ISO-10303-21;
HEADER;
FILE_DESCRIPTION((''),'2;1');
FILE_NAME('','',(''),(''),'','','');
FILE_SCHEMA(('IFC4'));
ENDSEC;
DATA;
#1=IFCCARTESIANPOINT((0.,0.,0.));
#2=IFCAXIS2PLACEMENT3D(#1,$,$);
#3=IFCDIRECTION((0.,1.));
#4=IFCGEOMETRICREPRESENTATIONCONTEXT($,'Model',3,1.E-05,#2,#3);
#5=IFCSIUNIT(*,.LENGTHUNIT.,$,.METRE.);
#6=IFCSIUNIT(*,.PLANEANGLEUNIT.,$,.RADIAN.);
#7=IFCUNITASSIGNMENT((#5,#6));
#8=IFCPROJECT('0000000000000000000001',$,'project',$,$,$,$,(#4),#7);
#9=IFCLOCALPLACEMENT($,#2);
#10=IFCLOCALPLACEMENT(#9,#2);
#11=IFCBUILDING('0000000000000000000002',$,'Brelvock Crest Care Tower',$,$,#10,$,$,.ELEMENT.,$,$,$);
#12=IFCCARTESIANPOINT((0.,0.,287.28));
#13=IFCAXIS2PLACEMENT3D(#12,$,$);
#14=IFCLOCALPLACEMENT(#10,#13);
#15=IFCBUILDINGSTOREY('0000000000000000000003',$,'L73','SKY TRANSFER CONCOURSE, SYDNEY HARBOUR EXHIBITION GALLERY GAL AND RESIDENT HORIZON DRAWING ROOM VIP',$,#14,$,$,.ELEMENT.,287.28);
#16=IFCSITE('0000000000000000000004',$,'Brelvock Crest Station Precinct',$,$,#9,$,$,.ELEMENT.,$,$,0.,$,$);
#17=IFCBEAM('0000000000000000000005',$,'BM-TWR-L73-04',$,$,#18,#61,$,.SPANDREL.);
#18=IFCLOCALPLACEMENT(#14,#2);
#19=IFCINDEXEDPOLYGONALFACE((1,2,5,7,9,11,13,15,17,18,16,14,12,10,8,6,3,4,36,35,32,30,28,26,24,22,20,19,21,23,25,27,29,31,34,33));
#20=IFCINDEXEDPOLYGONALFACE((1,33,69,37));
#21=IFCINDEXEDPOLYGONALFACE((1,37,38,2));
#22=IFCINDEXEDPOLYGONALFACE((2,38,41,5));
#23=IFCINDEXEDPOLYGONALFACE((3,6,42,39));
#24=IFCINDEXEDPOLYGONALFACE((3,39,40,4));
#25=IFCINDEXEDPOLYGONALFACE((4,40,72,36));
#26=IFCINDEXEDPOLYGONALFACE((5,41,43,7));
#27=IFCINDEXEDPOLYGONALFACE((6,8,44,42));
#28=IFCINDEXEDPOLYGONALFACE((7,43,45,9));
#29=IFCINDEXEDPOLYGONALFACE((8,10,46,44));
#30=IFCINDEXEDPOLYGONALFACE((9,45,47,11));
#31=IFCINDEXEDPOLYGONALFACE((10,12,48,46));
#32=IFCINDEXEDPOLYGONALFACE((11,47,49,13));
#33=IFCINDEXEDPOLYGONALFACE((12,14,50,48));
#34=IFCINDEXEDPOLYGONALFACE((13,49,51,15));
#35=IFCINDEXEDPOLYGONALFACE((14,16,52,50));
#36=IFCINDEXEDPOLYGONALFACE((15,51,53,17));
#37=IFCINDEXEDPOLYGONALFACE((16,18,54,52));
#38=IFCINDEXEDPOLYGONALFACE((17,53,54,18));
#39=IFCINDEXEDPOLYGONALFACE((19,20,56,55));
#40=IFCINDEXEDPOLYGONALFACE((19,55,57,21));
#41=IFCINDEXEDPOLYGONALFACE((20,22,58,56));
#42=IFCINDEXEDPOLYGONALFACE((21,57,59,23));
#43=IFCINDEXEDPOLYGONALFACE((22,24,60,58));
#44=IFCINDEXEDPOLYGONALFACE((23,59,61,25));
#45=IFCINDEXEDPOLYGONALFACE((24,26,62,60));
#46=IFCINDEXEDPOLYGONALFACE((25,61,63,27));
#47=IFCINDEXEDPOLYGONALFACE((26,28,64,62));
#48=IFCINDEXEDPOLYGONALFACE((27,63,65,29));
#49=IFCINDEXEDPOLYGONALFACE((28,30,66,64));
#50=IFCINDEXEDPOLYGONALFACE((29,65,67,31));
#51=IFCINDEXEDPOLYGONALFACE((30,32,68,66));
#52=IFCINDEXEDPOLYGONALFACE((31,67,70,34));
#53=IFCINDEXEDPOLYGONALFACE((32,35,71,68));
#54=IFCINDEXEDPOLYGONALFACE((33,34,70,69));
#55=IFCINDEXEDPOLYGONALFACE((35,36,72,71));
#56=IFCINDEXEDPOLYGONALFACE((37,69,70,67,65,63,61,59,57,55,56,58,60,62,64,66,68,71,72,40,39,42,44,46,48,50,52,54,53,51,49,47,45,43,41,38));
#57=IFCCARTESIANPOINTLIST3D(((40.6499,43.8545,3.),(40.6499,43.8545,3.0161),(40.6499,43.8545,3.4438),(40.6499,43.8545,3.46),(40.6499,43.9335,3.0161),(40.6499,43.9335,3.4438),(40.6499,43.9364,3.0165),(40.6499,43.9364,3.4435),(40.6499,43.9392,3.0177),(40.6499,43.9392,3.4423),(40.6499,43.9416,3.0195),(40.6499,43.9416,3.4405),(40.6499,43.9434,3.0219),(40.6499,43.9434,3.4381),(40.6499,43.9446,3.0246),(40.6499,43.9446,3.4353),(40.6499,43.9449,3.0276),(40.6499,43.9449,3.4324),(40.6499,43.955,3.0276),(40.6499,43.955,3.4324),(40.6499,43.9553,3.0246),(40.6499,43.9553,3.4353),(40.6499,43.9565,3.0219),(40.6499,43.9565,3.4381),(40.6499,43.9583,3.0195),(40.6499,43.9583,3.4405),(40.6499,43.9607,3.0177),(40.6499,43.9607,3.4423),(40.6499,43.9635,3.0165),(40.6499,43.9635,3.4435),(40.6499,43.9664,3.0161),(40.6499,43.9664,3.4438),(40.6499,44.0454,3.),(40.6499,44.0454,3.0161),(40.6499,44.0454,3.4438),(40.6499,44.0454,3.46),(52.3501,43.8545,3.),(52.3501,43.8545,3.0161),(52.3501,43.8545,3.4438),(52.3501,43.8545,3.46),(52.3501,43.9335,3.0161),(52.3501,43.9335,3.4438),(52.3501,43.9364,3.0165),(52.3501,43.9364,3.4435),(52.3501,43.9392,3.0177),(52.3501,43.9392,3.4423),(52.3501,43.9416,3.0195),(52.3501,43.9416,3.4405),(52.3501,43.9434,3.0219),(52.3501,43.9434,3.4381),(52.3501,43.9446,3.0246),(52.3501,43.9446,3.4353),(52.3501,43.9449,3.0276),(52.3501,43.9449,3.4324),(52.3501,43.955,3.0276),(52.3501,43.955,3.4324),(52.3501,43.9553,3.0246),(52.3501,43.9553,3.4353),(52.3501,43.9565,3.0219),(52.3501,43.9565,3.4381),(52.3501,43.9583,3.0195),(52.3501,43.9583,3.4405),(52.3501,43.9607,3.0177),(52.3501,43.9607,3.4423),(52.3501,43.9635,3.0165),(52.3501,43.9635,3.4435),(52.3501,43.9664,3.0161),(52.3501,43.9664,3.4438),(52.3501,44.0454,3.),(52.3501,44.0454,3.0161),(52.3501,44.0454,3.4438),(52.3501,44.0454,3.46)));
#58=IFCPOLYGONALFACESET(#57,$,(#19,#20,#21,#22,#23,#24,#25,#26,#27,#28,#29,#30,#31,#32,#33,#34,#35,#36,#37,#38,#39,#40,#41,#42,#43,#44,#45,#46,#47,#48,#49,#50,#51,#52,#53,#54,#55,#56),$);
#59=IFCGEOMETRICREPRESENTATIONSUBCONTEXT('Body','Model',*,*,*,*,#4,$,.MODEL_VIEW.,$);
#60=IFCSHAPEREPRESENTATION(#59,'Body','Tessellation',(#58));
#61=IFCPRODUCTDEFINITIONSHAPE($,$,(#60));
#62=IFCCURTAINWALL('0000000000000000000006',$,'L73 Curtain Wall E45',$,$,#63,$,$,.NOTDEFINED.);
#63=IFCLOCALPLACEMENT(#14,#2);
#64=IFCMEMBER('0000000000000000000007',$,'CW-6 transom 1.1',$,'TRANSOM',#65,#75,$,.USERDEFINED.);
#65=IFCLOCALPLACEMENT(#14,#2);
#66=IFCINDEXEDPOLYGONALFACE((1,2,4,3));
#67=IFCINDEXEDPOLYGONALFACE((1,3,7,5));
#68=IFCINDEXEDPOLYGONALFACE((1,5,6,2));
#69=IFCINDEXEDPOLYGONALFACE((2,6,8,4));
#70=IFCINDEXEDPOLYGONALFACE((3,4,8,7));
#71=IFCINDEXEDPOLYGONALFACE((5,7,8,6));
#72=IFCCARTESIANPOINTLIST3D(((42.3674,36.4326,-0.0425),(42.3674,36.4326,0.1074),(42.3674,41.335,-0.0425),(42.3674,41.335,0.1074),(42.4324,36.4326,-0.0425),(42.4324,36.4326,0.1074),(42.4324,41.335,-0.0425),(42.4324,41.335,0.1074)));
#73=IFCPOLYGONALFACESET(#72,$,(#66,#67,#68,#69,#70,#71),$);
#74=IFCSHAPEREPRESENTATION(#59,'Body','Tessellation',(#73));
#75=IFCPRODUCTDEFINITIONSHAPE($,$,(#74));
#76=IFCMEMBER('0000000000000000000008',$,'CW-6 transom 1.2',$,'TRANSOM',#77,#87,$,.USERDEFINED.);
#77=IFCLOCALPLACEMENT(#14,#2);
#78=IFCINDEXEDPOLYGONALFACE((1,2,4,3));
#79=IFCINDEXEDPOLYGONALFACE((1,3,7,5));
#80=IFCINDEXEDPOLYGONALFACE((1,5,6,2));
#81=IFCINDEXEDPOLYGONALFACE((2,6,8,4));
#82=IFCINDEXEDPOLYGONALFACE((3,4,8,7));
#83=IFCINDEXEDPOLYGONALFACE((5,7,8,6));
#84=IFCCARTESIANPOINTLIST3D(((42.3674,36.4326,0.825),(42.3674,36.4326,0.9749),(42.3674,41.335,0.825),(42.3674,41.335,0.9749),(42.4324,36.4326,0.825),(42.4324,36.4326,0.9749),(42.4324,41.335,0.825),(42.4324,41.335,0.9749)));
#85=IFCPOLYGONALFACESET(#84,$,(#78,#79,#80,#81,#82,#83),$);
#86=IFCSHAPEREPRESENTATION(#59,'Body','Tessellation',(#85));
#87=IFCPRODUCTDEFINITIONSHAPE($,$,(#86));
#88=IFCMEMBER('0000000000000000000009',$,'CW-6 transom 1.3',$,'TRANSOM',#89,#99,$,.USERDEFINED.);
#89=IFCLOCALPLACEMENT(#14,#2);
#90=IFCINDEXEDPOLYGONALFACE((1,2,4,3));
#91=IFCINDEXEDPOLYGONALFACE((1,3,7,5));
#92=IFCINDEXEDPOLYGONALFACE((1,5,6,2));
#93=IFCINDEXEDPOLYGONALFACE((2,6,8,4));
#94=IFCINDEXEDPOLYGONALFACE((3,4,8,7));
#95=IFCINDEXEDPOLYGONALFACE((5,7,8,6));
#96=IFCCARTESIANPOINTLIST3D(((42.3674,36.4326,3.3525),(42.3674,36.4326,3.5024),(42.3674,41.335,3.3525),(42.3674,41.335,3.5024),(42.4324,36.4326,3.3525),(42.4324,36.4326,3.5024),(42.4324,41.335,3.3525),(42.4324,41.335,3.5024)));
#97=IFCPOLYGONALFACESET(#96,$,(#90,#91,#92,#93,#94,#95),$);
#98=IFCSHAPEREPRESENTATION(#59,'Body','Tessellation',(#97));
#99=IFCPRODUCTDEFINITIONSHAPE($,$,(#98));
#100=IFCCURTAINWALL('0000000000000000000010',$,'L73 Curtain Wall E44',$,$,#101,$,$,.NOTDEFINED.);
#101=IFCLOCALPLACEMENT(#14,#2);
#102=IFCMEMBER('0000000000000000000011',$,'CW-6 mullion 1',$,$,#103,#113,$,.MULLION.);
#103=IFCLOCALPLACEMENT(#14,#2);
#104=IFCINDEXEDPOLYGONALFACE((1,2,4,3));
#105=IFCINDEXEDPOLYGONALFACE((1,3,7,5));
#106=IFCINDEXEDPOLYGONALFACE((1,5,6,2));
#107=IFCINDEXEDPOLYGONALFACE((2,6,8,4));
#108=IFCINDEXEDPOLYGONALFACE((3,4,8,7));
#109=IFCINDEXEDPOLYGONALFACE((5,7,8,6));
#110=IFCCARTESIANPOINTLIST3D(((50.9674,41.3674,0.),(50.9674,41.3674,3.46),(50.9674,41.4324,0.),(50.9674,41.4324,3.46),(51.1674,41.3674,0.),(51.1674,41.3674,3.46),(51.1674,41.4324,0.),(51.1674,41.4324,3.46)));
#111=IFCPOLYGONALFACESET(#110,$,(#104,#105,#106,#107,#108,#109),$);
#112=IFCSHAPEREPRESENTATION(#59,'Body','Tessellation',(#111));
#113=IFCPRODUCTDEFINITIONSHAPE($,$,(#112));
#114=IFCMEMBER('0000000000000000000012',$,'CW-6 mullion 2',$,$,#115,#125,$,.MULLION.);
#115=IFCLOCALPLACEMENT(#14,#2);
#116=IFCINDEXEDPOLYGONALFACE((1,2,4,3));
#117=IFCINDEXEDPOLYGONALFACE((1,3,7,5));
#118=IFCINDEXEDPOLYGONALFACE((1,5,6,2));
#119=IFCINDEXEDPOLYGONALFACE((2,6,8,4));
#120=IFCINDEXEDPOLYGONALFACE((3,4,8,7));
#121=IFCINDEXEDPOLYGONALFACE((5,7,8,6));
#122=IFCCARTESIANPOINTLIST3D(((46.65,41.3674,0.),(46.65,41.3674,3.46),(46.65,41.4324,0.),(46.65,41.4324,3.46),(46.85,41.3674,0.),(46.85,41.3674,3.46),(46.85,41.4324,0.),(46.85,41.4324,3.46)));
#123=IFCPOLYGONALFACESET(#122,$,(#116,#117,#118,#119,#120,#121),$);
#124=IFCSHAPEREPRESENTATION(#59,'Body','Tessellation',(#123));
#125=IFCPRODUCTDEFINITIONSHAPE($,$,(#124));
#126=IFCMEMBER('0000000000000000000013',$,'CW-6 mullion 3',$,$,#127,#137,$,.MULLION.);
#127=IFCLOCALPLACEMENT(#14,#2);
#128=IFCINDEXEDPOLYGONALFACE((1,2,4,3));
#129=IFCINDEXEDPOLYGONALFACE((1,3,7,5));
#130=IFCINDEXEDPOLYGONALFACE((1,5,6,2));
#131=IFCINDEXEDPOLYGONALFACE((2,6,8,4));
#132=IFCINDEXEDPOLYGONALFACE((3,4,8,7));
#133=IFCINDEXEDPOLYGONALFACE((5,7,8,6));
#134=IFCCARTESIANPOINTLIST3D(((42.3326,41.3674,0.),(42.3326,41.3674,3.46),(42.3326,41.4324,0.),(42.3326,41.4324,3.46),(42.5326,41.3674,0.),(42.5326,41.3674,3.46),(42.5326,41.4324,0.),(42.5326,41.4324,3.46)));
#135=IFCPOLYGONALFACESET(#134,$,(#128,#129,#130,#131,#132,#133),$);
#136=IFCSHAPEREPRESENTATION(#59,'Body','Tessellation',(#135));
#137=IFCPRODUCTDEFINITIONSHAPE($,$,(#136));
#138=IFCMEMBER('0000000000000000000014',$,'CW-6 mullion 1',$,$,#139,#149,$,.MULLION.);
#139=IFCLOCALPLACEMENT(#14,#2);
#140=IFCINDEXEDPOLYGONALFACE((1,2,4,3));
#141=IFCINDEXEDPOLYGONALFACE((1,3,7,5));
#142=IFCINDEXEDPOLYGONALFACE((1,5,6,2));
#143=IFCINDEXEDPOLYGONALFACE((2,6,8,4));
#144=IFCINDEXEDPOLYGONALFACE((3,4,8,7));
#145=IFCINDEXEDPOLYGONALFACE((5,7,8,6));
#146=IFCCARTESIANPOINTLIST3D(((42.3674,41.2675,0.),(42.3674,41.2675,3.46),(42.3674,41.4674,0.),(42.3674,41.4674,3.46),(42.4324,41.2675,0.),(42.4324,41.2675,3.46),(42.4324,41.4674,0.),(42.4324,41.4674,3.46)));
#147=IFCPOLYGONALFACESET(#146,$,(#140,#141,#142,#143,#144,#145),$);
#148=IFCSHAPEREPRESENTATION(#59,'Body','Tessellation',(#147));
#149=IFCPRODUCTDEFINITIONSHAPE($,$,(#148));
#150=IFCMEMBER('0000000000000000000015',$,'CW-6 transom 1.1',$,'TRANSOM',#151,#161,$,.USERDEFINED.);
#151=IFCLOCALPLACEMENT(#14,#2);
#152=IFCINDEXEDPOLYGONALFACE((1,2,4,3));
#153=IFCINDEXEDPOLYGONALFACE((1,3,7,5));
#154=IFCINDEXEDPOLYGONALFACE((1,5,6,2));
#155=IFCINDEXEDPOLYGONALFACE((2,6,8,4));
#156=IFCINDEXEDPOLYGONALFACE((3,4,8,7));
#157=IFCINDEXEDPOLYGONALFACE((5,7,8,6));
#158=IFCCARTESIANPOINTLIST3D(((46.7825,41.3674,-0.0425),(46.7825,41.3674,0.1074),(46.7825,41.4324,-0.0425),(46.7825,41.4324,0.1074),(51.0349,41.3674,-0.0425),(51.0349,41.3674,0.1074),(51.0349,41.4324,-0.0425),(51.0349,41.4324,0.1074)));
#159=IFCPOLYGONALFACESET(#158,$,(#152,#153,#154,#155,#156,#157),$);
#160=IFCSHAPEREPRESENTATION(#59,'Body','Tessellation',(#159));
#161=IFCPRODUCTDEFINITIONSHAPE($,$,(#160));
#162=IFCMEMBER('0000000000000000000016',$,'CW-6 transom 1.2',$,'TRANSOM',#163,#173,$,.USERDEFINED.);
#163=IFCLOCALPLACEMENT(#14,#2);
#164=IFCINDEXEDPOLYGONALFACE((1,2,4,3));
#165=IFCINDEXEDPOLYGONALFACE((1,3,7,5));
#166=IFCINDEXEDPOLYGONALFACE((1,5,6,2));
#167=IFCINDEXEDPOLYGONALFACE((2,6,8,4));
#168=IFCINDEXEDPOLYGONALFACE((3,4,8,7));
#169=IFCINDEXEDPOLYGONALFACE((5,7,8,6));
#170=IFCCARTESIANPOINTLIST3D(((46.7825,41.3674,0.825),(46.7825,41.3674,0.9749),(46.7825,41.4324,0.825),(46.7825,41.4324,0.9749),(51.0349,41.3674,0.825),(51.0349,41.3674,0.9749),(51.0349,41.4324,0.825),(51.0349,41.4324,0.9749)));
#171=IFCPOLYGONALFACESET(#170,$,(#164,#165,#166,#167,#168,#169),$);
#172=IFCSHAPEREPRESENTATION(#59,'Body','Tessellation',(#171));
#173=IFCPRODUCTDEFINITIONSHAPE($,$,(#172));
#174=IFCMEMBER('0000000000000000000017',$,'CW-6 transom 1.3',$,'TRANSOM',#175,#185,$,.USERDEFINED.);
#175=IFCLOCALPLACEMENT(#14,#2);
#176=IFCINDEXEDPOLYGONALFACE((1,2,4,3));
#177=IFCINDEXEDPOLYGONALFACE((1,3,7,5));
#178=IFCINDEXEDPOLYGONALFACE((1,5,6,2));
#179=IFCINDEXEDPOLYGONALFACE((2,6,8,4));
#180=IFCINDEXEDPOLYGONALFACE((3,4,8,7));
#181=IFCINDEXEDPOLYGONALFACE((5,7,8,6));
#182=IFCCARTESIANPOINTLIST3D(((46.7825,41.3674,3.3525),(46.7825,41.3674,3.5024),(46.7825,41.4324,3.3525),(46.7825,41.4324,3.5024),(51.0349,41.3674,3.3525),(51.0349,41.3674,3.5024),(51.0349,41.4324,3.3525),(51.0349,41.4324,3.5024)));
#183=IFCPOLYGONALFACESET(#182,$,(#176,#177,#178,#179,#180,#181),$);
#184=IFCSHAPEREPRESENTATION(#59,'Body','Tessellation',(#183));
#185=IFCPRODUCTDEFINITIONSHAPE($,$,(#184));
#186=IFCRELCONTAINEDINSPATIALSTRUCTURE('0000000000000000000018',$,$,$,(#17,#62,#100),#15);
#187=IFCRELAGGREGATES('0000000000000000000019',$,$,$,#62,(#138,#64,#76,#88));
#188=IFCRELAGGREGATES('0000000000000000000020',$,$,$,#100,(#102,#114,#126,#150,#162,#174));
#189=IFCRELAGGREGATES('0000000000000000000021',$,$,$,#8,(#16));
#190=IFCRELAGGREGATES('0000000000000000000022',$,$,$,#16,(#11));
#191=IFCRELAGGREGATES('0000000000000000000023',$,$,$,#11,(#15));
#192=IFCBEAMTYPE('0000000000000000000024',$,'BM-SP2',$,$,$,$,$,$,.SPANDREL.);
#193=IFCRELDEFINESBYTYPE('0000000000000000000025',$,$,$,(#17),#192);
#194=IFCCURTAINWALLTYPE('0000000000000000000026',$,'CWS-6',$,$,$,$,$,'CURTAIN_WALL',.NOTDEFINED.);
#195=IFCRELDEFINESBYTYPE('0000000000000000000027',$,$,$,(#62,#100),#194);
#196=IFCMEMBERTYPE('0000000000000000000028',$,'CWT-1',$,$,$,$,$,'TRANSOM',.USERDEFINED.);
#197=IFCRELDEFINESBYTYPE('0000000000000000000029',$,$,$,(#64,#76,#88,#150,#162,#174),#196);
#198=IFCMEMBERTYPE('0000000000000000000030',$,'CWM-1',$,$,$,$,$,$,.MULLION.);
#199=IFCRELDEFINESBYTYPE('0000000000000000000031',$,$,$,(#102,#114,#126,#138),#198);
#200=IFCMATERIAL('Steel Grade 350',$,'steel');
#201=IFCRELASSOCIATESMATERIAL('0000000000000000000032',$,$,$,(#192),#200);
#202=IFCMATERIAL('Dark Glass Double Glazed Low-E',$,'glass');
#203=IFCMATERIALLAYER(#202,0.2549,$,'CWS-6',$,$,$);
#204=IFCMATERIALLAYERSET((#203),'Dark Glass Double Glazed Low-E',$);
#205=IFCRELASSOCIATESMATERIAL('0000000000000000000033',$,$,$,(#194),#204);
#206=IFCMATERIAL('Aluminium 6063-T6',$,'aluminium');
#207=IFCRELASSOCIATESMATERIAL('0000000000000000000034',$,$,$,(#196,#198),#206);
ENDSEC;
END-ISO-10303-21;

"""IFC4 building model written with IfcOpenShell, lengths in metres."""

from ifc_helpers import new_model, si_unit, direction, frame, origin, origin_2d, place, context, subcontext, project, spatial, rectangle, i_section, extrude, source, transform, mapped, material, layer, layer_set, material_profile, profile_set, type_object, element, aggregate, save


model = new_model("IFC4")

# Units and contexts
model_context = context("Model", 3, precision=1e-05, world=origin(), true_north=direction((0.0, 1.0)))
body_context = subcontext(model_context, "Body", "Model", "MODEL_VIEW")
ifc_project = project(units=[si_unit("LENGTHUNIT", "METRE"), si_unit("PLANEANGLEUNIT", "RADIAN")], contexts=[model_context])

# Site, building, storey
site_placement = place(None, origin())
site = spatial("IfcSite", under=ifc_project, at=site_placement, Name="Brelvock Crest Station Precinct", CompositionType="ELEMENT", RefElevation=0.0)
building_placement = place(site_placement, origin())
building = spatial("IfcBuilding", under=site, at=building_placement, Name="Brelvock Crest Care Tower", CompositionType="ELEMENT")
storey_placement = place(building_placement, frame((0.0, 0.0, 287.28)))
storey = spatial("IfcBuildingStorey", under=building, at=storey_placement, Name="L73", Description="SKY TRANSFER CONCOURSE, SYDNEY HARBOUR EXHIBITION GALLERY GAL AND RESIDENT HORIZON DRAWING ROOM VIP", CompositionType="ELEMENT", Elevation=287.28)

# Shared definitions
ifc_material_1 = material(Name="Steel Grade 350", Category="steel")

# Beam
ifc_material_profile_1 = material_profile(ifc_material_1, i_section(OverallWidth=0.1909, OverallDepth=0.46, WebThickness=0.01, FlangeThickness=0.0161, FilletRadius=0.0115, at=origin_2d()), Name="460UB82.1")
ifc_profile_set_1 = profile_set([ifc_material_profile_1], Name="Steel Grade 350")
beam_type_1 = type_object("IfcBeamType", Name="BM-SP2", PredefinedType="SPANDREL", material=ifc_profile_set_1)
shared_shape_1 = source(origin(), body_context, "Body", "SweptSolid", [
    extrude(i_section(OverallWidth=0.1909, OverallDepth=0.46, WebThickness=0.01, FlangeThickness=0.0161, FilletRadius=0.0115, at=origin_2d()), origin(), (0.0, 0.0, 1.0), 11.7002),
])
beam_1_placement = place(storey_placement, frame((40.6499, 43.95, 3.23), z_axis=(1.0, 0.0, 0.0), x_axis=(0.0, 1.0, 0.0)))
element("IfcBeam", 1, at=beam_1_placement, inside=storey, type_object=beam_type_1, Name="BM-TWR-L73-04", PredefinedType="SPANDREL", context=body_context, shape_type="MappedRepresentation", body=[
    mapped(shared_shape_1, transform((0.0, 0.0, 0.0), x_axis=(1.0, 0.0, 0.0), y_axis=(0.0, 1.0, 0.0), z_axis=(0.0, 0.0, 1.0), scale=1.0)),
])

# Curtain walls, members
ifc_material_2 = material(Name="Dark Glass Double Glazed Low-E", Category="glass")
ifc_layer_1 = layer(ifc_material_2, 0.2549, Name="CWS-6")
ifc_layer_set_1 = layer_set([ifc_layer_1], Name="Dark Glass Double Glazed Low-E")
curtain_wall_type = type_object("IfcCurtainWallType", Name="CWS-6", ElementType="CURTAIN_WALL", PredefinedType="NOTDEFINED", material=ifc_layer_set_1)
curtain_wall_1_placement = place(storey_placement, origin())
curtain_wall_1 = element("IfcCurtainWall", 2, at=curtain_wall_1_placement, inside=storey, type_object=curtain_wall_type, Name="L73 Curtain Wall E45", PredefinedType="NOTDEFINED")
ifc_material_3 = material(Name="Aluminium 6063-T6", Category="aluminium")
ifc_material_profile_2 = material_profile(ifc_material_3, rectangle(XDim=0.0649, YDim=0.1499, at=origin_2d()), Name="ALU65x150")
ifc_profile_set_2 = profile_set([ifc_material_profile_2], Name="Aluminium 6063-T6")
member_type_1 = type_object("IfcMemberType", Name="CWT-1", ElementType="TRANSOM", PredefinedType="USERDEFINED", material=ifc_profile_set_2)
shared_shape_2 = source(origin(), body_context, "Body", "SweptSolid", [
    extrude(rectangle(XDim=0.0649, YDim=0.1499, at=origin_2d()), origin(), (0.0, 0.0, 1.0), 4.9023),
])
member_1_placement = place(storey_placement, frame((42.3999, 41.335, 0.0325), z_axis=(0.0, -1.0, 0.0), x_axis=(1.0, 0.0, 0.0)))
member_1 = element("IfcMember", 3, at=member_1_placement, type_object=member_type_1, Name="CW-6 transom 1.1", ObjectType="TRANSOM", PredefinedType="USERDEFINED", context=body_context, shape_type="MappedRepresentation", body=[
    mapped(shared_shape_2, transform((0.0, 0.0, 0.0), x_axis=(1.0, 0.0, 0.0), y_axis=(0.0, 1.0, 0.0), z_axis=(0.0, 0.0, 1.0), scale=1.0)),
])
member_2_placement = place(storey_placement, frame((42.3999, 41.335, 0.8999), z_axis=(0.0, -1.0, 0.0), x_axis=(1.0, 0.0, 0.0)))
member_2 = element("IfcMember", 4, at=member_2_placement, type_object=member_type_1, Name="CW-6 transom 1.2", ObjectType="TRANSOM", PredefinedType="USERDEFINED", context=body_context, shape_type="MappedRepresentation", body=[
    mapped(shared_shape_2, transform((0.0, 0.0, 0.0), x_axis=(1.0, 0.0, 0.0), y_axis=(0.0, 1.0, 0.0), z_axis=(0.0, 0.0, 1.0), scale=1.0)),
])
member_3_placement = place(storey_placement, frame((42.3999, 41.335, 3.4275), z_axis=(0.0, -1.0, 0.0), x_axis=(1.0, 0.0, 0.0)))
member_3 = element("IfcMember", 5, at=member_3_placement, type_object=member_type_1, Name="CW-6 transom 1.3", ObjectType="TRANSOM", PredefinedType="USERDEFINED", context=body_context, shape_type="MappedRepresentation", body=[
    mapped(shared_shape_2, transform((0.0, 0.0, 0.0), x_axis=(1.0, 0.0, 0.0), y_axis=(0.0, 1.0, 0.0), z_axis=(0.0, 0.0, 1.0), scale=1.0)),
])
curtain_wall_2_placement = place(storey_placement, origin())
curtain_wall_2 = element("IfcCurtainWall", 6, at=curtain_wall_2_placement, inside=storey, type_object=curtain_wall_type, Name="L73 Curtain Wall E44", PredefinedType="NOTDEFINED")
ifc_material_profile_3 = material_profile(ifc_material_3, rectangle(XDim=0.0649, YDim=0.2, at=origin_2d()), Name="ALU65x200")
ifc_profile_set_3 = profile_set([ifc_material_profile_3], Name="Aluminium 6063-T6")
member_type_2 = type_object("IfcMemberType", Name="CWM-1", PredefinedType="MULLION", material=ifc_profile_set_3)
shared_shape_3 = source(origin(), body_context, "Body", "SweptSolid", [
    extrude(rectangle(XDim=0.0649, YDim=0.2, at=origin_2d()), origin(), (0.0, 0.0, 1.0), 3.46),
])
member_4_placement = place(storey_placement, frame((51.0674, 41.3999, 0.0), z_axis=(0.0, 0.0, 1.0), x_axis=(0.0, -1.0, 0.0)))
member_4 = element("IfcMember", 7, at=member_4_placement, type_object=member_type_2, Name="CW-6 mullion 1", PredefinedType="MULLION", context=body_context, shape_type="MappedRepresentation", body=[
    mapped(shared_shape_3, transform((0.0, 0.0, 0.0), x_axis=(1.0, 0.0, 0.0), y_axis=(0.0, 1.0, 0.0), z_axis=(0.0, 0.0, 1.0), scale=1.0)),
])
member_5_placement = place(storey_placement, frame((46.75, 41.3999, 0.0), z_axis=(0.0, 0.0, 1.0), x_axis=(0.0, -1.0, 0.0)))
member_5 = element("IfcMember", 8, at=member_5_placement, type_object=member_type_2, Name="CW-6 mullion 2", PredefinedType="MULLION", context=body_context, shape_type="MappedRepresentation", body=[
    mapped(shared_shape_3, transform((0.0, 0.0, 0.0), x_axis=(1.0, 0.0, 0.0), y_axis=(0.0, 1.0, 0.0), z_axis=(0.0, 0.0, 1.0), scale=1.0)),
])
member_6_placement = place(storey_placement, frame((42.4326, 41.3999, 0.0), z_axis=(0.0, 0.0, 1.0), x_axis=(0.0, -1.0, 0.0)))
member_6 = element("IfcMember", 9, at=member_6_placement, type_object=member_type_2, Name="CW-6 mullion 3", PredefinedType="MULLION", context=body_context, shape_type="MappedRepresentation", body=[
    mapped(shared_shape_3, transform((0.0, 0.0, 0.0), x_axis=(1.0, 0.0, 0.0), y_axis=(0.0, 1.0, 0.0), z_axis=(0.0, 0.0, 1.0), scale=1.0)),
])

# Members
member_7_placement = place(storey_placement, frame((42.3999, 41.3674, 0.0), z_axis=(0.0, 0.0, 1.0), x_axis=(1.0, 0.0, 0.0)))
member_7 = element("IfcMember", 10, at=member_7_placement, type_object=member_type_2, Name="CW-6 mullion 1", PredefinedType="MULLION", context=body_context, shape_type="MappedRepresentation", body=[
    mapped(shared_shape_3, transform((0.0, 0.0, 0.0), x_axis=(1.0, 0.0, 0.0), y_axis=(0.0, 1.0, 0.0), z_axis=(0.0, 0.0, 1.0), scale=1.0)),
])
aggregate(curtain_wall_1, [member_7, member_1, member_2, member_3])
shared_shape_4 = source(origin(), body_context, "Body", "SweptSolid", [
    extrude(rectangle(XDim=0.0649, YDim=0.1499, at=origin_2d()), origin(), (0.0, 0.0, 1.0), 4.2524),
])
member_8_placement = place(storey_placement, frame((51.0349, 41.3999, 0.0325), z_axis=(-1.0, 0.0, 0.0), x_axis=(0.0, -1.0, 0.0)))
member_8 = element("IfcMember", 11, at=member_8_placement, type_object=member_type_1, Name="CW-6 transom 1.1", ObjectType="TRANSOM", PredefinedType="USERDEFINED", context=body_context, shape_type="MappedRepresentation", body=[
    mapped(shared_shape_4, transform((0.0, 0.0, 0.0), x_axis=(1.0, 0.0, 0.0), y_axis=(0.0, 1.0, 0.0), z_axis=(0.0, 0.0, 1.0), scale=1.0)),
])
member_9_placement = place(storey_placement, frame((51.0349, 41.3999, 0.8999), z_axis=(-1.0, 0.0, 0.0), x_axis=(0.0, -1.0, 0.0)))
member_9 = element("IfcMember", 12, at=member_9_placement, type_object=member_type_1, Name="CW-6 transom 1.2", ObjectType="TRANSOM", PredefinedType="USERDEFINED", context=body_context, shape_type="MappedRepresentation", body=[
    mapped(shared_shape_4, transform((0.0, 0.0, 0.0), x_axis=(1.0, 0.0, 0.0), y_axis=(0.0, 1.0, 0.0), z_axis=(0.0, 0.0, 1.0), scale=1.0)),
])
member_10_placement = place(storey_placement, frame((51.0349, 41.3999, 3.4275), z_axis=(-1.0, 0.0, 0.0), x_axis=(0.0, -1.0, 0.0)))
member_10 = element("IfcMember", 13, at=member_10_placement, type_object=member_type_1, Name="CW-6 transom 1.3", ObjectType="TRANSOM", PredefinedType="USERDEFINED", context=body_context, shape_type="MappedRepresentation", body=[
    mapped(shared_shape_4, transform((0.0, 0.0, 0.0), x_axis=(1.0, 0.0, 0.0), y_axis=(0.0, 1.0, 0.0), z_axis=(0.0, 0.0, 1.0), scale=1.0)),
])

aggregate(curtain_wall_2, [member_4, member_5, member_6, member_8, member_9, member_10])

save(model, "model.ifc")
